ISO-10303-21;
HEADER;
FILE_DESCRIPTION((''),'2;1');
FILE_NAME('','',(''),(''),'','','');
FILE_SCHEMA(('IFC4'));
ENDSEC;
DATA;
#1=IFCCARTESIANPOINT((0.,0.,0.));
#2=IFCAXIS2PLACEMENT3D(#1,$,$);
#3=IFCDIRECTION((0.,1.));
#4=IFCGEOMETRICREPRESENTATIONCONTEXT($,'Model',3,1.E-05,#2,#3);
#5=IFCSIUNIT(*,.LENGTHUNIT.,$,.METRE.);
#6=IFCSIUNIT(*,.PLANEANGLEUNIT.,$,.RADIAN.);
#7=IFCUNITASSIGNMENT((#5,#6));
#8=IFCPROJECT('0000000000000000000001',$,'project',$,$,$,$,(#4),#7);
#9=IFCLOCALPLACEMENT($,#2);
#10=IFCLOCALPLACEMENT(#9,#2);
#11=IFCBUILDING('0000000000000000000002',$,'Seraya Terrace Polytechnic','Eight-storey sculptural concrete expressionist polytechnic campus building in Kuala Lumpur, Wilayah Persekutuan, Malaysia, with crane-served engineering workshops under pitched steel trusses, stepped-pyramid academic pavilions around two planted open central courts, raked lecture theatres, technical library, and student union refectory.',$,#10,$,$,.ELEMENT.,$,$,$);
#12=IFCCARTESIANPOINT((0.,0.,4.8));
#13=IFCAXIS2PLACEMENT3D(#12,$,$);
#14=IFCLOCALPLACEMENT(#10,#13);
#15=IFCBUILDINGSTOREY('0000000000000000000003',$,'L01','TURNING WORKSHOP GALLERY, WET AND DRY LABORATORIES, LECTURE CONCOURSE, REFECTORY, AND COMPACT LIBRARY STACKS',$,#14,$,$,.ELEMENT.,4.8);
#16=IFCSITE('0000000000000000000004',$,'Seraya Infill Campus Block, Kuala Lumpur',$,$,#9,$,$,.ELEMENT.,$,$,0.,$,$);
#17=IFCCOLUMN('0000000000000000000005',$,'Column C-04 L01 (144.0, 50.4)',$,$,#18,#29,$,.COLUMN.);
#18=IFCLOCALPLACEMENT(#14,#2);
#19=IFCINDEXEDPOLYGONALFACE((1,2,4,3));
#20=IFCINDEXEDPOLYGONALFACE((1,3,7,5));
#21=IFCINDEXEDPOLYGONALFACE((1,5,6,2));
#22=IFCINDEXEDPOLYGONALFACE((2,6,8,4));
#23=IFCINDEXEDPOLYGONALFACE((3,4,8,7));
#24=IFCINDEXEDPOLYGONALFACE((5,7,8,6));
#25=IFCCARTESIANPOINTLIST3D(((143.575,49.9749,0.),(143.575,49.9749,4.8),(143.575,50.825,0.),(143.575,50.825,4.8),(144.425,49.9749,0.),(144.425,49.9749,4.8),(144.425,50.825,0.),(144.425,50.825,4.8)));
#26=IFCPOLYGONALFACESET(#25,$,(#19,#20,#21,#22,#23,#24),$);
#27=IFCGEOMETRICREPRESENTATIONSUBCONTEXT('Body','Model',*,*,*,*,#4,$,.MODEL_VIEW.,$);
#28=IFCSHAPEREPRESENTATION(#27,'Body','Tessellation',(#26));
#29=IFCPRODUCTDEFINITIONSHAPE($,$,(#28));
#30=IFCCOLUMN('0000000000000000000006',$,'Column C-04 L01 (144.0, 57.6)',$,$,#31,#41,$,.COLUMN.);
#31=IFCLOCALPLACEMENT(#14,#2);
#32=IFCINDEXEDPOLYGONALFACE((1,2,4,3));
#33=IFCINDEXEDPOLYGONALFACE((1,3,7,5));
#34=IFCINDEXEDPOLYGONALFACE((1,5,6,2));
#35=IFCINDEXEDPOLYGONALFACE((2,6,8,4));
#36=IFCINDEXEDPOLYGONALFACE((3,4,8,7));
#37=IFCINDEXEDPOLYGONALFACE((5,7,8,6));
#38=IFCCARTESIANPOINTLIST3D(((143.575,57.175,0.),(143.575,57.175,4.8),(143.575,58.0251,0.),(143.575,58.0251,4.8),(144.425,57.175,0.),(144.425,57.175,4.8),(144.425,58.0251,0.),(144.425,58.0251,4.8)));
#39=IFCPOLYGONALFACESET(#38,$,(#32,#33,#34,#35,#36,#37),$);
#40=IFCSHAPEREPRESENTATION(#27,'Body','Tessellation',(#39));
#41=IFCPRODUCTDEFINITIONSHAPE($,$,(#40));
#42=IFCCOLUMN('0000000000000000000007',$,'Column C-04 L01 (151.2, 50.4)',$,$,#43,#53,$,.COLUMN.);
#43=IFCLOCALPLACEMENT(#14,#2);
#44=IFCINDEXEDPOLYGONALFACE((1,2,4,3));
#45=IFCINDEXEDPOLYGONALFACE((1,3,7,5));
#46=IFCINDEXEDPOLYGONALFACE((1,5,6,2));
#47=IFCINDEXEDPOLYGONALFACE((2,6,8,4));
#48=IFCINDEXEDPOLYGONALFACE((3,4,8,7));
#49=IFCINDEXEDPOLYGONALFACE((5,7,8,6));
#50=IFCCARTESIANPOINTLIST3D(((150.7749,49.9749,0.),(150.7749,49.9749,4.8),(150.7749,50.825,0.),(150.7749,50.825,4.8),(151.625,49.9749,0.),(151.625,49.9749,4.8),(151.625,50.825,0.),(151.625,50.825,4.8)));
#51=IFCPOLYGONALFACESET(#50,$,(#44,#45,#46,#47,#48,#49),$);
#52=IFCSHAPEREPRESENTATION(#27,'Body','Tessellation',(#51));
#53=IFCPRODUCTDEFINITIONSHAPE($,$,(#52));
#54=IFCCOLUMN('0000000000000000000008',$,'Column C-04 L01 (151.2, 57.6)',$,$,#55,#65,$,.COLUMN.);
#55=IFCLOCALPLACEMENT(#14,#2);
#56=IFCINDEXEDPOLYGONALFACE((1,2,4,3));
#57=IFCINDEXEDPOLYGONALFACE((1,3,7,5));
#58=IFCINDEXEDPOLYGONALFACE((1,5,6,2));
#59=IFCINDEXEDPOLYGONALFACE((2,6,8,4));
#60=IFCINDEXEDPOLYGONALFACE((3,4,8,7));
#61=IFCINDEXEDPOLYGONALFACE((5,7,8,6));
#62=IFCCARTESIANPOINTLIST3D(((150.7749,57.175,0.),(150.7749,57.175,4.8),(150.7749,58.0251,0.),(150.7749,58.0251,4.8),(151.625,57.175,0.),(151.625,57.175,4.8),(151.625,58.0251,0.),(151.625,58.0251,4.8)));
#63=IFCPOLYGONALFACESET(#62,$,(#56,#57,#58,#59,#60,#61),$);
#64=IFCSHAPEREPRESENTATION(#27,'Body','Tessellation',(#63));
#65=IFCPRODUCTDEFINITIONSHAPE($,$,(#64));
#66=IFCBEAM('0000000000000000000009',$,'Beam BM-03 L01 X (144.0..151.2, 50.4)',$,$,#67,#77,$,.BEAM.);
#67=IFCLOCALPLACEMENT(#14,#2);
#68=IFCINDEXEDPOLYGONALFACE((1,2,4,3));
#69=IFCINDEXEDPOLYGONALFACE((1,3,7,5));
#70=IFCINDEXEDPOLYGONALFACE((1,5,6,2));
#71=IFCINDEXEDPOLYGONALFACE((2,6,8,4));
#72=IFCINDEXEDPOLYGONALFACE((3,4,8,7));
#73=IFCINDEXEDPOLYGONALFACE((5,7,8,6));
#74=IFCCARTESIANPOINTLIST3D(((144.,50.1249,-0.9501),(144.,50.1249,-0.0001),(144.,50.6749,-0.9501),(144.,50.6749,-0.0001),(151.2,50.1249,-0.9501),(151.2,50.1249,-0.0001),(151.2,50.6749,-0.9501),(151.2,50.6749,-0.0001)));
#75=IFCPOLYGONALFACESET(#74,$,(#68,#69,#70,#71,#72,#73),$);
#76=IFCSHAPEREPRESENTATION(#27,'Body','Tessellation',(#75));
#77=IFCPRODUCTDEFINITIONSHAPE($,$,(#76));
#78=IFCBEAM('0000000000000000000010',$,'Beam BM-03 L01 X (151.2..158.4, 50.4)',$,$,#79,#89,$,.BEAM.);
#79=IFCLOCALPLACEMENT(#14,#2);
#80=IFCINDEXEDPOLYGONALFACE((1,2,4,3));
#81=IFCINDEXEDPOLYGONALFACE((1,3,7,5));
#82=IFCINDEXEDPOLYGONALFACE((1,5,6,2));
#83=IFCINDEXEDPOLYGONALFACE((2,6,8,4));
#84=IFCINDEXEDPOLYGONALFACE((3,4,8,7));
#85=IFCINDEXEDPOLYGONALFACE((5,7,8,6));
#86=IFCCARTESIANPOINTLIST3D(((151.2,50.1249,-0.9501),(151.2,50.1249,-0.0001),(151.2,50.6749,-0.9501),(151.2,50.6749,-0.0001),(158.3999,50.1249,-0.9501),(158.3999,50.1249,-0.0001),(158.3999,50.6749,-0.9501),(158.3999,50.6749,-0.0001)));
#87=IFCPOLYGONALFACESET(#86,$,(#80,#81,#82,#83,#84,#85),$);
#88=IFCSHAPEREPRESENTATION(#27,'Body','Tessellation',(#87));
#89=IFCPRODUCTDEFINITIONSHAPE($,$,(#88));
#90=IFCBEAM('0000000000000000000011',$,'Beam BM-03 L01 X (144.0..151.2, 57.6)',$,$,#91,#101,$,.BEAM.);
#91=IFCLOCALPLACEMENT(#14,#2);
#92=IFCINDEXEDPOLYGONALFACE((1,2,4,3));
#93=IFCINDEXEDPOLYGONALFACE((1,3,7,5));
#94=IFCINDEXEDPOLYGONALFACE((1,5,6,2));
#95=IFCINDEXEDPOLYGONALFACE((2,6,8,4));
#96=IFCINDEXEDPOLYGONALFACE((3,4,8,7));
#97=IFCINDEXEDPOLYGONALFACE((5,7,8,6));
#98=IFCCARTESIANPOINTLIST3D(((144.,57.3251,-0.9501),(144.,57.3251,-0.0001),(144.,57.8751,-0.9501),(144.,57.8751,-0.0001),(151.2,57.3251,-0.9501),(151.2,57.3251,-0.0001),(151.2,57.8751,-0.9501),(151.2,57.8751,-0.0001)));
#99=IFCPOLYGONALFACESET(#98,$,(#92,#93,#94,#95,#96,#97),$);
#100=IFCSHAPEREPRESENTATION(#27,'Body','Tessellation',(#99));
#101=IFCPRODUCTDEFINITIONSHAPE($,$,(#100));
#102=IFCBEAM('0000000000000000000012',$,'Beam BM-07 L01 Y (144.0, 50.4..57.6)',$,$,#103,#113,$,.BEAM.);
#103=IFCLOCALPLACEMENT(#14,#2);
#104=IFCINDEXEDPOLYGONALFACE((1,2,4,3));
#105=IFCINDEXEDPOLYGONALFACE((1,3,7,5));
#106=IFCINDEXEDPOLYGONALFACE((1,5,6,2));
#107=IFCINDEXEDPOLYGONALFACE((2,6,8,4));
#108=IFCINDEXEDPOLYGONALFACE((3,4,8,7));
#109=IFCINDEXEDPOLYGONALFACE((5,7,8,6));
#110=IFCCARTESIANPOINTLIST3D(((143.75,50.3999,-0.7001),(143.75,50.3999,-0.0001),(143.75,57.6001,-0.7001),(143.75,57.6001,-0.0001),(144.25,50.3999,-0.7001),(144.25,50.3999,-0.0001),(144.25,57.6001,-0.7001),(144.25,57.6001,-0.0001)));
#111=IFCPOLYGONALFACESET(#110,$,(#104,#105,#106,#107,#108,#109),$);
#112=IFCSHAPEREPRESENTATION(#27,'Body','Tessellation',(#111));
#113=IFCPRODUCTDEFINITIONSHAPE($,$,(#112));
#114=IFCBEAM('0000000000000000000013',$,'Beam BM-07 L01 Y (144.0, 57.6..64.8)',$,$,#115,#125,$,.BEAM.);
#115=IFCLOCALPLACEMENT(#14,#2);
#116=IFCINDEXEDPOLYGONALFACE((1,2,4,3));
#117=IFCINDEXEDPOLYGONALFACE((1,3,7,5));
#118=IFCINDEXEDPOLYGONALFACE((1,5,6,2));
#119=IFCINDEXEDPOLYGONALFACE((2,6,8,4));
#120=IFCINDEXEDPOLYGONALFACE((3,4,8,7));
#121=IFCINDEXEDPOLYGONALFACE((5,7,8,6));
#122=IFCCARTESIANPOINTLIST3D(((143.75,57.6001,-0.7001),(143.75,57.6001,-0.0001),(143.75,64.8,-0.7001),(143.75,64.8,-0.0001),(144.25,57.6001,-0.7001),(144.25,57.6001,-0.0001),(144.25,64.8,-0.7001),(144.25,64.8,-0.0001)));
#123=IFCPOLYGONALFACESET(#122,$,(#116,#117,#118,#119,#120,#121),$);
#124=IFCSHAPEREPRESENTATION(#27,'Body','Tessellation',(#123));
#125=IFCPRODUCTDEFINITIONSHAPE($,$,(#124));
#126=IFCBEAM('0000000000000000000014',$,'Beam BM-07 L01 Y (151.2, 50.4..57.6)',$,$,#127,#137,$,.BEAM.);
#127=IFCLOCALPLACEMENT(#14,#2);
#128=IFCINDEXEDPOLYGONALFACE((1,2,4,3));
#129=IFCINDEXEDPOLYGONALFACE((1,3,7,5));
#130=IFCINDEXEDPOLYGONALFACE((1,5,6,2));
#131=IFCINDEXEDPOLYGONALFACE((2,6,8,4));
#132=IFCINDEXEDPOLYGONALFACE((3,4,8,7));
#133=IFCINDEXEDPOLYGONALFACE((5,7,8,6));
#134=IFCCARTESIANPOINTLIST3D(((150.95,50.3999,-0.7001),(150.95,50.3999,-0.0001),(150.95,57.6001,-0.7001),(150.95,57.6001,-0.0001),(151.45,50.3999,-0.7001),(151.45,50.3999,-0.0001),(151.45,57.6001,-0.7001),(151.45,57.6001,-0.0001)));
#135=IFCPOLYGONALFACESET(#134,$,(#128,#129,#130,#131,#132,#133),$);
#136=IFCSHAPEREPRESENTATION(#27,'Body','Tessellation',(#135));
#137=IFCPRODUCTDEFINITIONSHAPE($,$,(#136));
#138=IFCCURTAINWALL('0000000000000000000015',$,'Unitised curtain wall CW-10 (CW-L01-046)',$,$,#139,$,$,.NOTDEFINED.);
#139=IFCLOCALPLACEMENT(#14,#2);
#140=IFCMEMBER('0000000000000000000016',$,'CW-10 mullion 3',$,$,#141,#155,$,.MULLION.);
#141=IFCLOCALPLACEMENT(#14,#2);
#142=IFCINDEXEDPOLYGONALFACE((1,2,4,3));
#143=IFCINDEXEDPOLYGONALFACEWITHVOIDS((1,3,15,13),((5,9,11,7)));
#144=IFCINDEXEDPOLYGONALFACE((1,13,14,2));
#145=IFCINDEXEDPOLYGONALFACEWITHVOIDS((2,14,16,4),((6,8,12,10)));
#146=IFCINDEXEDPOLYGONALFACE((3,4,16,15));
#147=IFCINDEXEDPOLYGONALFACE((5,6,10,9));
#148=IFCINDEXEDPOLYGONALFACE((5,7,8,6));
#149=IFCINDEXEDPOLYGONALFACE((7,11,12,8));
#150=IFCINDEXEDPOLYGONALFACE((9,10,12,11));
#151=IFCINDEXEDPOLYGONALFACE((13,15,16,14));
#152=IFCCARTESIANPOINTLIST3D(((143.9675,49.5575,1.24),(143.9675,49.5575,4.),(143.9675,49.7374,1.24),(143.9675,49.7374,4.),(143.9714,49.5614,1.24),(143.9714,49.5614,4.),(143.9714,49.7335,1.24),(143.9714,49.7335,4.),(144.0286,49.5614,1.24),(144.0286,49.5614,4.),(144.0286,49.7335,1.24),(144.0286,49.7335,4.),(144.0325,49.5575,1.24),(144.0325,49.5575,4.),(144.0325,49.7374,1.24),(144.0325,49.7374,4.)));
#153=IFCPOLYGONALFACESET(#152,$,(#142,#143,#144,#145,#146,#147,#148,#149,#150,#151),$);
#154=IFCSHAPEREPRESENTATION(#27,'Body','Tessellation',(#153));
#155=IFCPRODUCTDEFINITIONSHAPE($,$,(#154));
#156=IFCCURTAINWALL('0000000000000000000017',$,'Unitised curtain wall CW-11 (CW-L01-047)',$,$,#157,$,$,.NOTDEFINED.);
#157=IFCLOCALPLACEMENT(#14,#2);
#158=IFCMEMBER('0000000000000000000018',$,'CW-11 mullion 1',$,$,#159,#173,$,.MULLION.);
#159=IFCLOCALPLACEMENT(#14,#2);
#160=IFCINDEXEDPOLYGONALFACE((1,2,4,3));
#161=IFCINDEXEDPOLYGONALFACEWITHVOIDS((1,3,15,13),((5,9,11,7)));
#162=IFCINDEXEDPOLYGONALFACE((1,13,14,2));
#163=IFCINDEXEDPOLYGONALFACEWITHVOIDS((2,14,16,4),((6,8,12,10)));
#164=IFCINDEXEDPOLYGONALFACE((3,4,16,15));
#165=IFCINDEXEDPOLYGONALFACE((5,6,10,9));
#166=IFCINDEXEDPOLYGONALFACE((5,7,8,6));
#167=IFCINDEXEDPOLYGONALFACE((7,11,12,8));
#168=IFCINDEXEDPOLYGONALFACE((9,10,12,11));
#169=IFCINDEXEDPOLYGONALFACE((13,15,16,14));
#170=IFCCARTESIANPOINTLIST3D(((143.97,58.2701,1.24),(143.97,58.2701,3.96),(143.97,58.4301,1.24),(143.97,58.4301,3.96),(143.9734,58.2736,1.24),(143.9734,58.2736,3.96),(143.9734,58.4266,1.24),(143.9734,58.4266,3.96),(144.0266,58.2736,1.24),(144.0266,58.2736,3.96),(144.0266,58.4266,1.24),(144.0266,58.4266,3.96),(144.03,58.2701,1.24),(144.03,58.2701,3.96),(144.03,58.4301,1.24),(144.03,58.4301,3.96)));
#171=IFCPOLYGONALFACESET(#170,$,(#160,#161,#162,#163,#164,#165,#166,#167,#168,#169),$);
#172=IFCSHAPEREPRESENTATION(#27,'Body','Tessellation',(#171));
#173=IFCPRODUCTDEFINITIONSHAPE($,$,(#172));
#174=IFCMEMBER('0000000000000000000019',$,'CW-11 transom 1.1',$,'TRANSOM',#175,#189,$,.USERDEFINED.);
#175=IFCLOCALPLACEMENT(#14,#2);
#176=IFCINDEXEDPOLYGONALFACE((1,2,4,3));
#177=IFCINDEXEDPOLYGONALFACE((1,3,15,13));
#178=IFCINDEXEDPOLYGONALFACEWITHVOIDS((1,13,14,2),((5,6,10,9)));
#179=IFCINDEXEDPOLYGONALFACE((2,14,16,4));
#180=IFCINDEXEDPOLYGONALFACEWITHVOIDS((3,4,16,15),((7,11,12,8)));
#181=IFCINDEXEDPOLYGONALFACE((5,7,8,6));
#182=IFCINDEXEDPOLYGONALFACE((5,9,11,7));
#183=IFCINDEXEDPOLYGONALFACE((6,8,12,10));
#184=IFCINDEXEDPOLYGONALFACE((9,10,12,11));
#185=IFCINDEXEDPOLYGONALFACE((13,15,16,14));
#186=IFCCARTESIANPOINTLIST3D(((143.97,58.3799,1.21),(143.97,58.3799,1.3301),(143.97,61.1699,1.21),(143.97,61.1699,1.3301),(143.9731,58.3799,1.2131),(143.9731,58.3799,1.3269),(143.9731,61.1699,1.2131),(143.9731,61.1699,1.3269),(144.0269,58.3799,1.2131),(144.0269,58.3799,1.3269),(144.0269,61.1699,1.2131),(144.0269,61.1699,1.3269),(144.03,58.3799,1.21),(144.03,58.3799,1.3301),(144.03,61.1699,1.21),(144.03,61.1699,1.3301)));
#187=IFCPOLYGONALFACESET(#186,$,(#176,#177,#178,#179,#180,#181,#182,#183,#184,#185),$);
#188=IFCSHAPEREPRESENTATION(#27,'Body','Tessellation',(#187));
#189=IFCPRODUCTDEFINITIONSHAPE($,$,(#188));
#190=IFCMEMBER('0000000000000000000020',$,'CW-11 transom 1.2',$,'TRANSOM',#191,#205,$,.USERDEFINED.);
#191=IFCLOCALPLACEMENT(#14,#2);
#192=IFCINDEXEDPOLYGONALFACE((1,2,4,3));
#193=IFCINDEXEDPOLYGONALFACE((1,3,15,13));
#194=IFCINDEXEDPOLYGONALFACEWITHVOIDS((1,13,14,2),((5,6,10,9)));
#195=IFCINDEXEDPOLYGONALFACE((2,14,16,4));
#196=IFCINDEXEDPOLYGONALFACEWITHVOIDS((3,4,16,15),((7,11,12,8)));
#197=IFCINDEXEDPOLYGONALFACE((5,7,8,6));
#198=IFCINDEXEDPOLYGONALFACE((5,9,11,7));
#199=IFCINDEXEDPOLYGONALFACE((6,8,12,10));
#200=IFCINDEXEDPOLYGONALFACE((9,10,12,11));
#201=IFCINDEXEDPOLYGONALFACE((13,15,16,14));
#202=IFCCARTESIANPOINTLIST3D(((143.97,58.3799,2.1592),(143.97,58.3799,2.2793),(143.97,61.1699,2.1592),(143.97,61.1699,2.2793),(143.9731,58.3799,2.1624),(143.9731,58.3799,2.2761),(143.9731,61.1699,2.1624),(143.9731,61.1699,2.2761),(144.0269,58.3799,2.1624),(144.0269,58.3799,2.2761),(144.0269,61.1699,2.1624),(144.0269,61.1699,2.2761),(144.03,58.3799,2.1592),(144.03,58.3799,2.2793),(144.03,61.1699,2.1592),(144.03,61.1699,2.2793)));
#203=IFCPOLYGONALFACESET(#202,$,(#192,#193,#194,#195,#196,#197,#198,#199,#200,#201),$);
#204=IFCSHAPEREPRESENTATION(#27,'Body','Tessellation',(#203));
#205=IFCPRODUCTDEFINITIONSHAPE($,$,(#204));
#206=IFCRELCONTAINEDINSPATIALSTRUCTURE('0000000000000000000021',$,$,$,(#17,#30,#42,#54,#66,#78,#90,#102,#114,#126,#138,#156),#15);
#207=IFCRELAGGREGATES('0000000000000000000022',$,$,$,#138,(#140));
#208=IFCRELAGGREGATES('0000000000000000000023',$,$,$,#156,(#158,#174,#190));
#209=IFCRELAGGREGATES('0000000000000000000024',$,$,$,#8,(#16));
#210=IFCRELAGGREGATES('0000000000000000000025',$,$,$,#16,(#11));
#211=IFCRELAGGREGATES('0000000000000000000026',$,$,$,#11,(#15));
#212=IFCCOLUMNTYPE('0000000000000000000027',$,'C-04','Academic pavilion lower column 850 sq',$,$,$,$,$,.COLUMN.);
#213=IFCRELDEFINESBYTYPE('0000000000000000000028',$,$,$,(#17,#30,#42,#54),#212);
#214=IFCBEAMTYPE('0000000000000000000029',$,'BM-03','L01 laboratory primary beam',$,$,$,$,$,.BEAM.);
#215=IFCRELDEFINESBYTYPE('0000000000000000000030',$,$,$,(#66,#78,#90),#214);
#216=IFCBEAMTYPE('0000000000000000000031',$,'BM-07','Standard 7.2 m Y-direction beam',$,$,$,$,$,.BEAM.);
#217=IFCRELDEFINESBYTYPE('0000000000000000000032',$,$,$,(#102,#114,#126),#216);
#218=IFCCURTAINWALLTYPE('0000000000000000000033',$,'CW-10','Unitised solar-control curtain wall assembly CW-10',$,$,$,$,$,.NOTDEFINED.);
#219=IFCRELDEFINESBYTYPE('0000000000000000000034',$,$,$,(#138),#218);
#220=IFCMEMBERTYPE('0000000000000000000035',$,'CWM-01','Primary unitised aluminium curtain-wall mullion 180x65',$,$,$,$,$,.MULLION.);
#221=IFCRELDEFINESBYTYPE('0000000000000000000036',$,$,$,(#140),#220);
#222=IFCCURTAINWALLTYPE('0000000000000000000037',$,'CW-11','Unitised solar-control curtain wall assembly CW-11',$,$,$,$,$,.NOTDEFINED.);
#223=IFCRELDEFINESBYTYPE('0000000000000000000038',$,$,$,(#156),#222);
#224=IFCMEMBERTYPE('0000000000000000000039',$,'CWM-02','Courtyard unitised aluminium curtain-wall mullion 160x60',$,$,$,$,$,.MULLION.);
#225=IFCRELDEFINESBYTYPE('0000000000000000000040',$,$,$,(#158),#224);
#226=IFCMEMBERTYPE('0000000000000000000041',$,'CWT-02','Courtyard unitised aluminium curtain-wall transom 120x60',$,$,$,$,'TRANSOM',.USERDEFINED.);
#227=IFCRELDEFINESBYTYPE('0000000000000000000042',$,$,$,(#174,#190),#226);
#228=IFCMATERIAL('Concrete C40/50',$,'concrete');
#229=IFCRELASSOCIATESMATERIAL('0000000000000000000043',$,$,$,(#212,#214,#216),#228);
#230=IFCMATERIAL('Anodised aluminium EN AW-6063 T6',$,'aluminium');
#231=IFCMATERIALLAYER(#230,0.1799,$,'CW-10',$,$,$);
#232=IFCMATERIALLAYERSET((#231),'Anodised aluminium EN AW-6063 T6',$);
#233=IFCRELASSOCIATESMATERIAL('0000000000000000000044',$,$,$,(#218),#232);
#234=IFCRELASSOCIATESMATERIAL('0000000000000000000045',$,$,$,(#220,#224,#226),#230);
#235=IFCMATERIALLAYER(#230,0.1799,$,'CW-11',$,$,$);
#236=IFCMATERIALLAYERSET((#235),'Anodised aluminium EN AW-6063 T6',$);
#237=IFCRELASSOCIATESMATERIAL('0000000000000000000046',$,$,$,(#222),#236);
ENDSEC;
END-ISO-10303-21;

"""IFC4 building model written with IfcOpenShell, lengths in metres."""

from ifc_helpers import new_model, si_unit, direction, frame, origin, origin_2d, place, context, subcontext, project, spatial, rectangle, hollow_rectangle, extrude, material, layer, layer_set, material_profile, profile_set, type_object, element, aggregate, save


model = new_model("IFC4")

# Units and contexts
model_context = context("Model", 3, precision=1e-05, world=origin(), true_north=direction((0.0, 1.0)))
body_context = subcontext(model_context, "Body", "Model", "MODEL_VIEW")
ifc_project = project(units=[si_unit("LENGTHUNIT", "METRE"), si_unit("PLANEANGLEUNIT", "RADIAN")], contexts=[model_context])

# Site, building, storey
site_placement = place(None, origin())
site = spatial("IfcSite", under=ifc_project, at=site_placement, Name="Seraya Infill Campus Block, Kuala Lumpur", CompositionType="ELEMENT", RefElevation=0.0)
building_placement = place(site_placement, origin())
building = spatial("IfcBuilding", under=site, at=building_placement, Name="Seraya Terrace Polytechnic", Description="Eight-storey sculptural concrete expressionist polytechnic campus building in Kuala Lumpur, Wilayah Persekutuan, Malaysia, with crane-served engineering workshops under pitched steel trusses, stepped-pyramid academic pavilions around two planted open central courts, raked lecture theatres, technical library, and student union refectory.", CompositionType="ELEMENT")
storey_placement = place(building_placement, frame((0.0, 0.0, 4.8)))
storey = spatial("IfcBuildingStorey", under=building, at=storey_placement, Name="L01", Description="TURNING WORKSHOP GALLERY, WET AND DRY LABORATORIES, LECTURE CONCOURSE, REFECTORY, AND COMPACT LIBRARY STACKS", CompositionType="ELEMENT", Elevation=4.8)

# Columns
ifc_material_1 = material(Name="Concrete C40/50", Category="concrete")
ifc_material_profile_1 = material_profile(ifc_material_1, rectangle(XDim=0.8501, YDim=0.8501, at=origin_2d()), Name="RC 850x850")
ifc_profile_set_1 = profile_set([ifc_material_profile_1], Name="Concrete C40/50")
column_type = type_object("IfcColumnType", Name="C-04", Description="Academic pavilion lower column 850 sq", PredefinedType="COLUMN", material=ifc_profile_set_1)
for number, where, z_axis, x_axis, name in (
    (1, (144.0, 50.3999, 0.0), (0.0, 0.0, 1.0), (1.0, 0.0, 0.0), "Column C-04 L01 (144.0, 50.4)"),
    (2, (144.0, 57.6001, 0.0), (0.0, 0.0, 1.0), (1.0, 0.0, 0.0), "Column C-04 L01 (144.0, 57.6)"),
    (3, (151.2, 50.3999, 0.0), (0.0, 0.0, 1.0), (1.0, 0.0, 0.0), "Column C-04 L01 (151.2, 50.4)"),
    (4, (151.2, 57.6001, 0.0), (0.0, 0.0, 1.0), (1.0, 0.0, 0.0), "Column C-04 L01 (151.2, 57.6)"),
):
    element("IfcColumn", number, at=place(storey_placement, frame(where, z_axis=z_axis, x_axis=x_axis)), inside=storey, type_object=column_type, Name=name, PredefinedType="COLUMN", context=body_context, shape_type="SweptSolid", body=[
        extrude(rectangle(XDim=0.8501, YDim=0.8501, at=origin_2d()), origin(), (0.0, 0.0, 1.0), 4.8),
    ])

# Beams
ifc_material_profile_2 = material_profile(ifc_material_1, rectangle(XDim=0.55, YDim=0.95, at=origin_2d()), Name="RC 550x950")
ifc_profile_set_2 = profile_set([ifc_material_profile_2], Name="Concrete C40/50")
beam_type_1 = type_object("IfcBeamType", Name="BM-03", Description="L01 laboratory primary beam", PredefinedType="BEAM", material=ifc_profile_set_2)
for number, where, z_axis, x_axis, name in (
    (5, (144.0, 50.3999, -0.4751), (1.0, 0.0, 0.0), (0.0, 1.0, 0.0), "Beam BM-03 L01 X (144.0..151.2, 50.4)"),
    (6, (151.2, 50.3999, -0.4751), (1.0, 0.0, 0.0), (0.0, 1.0, 0.0), "Beam BM-03 L01 X (151.2..158.4, 50.4)"),
    (7, (144.0, 57.6001, -0.4751), (1.0, 0.0, 0.0), (0.0, 1.0, 0.0), "Beam BM-03 L01 X (144.0..151.2, 57.6)"),
):
    element("IfcBeam", number, at=place(storey_placement, frame(where, z_axis=z_axis, x_axis=x_axis)), inside=storey, type_object=beam_type_1, Name=name, PredefinedType="BEAM", context=body_context, shape_type="SweptSolid", body=[
        extrude(rectangle(XDim=0.55, YDim=0.95, at=origin_2d()), origin(), (0.0, 0.0, 1.0), 7.2),
    ])
ifc_material_profile_3 = material_profile(ifc_material_1, rectangle(XDim=0.5, YDim=0.7, at=origin_2d()), Name="RC 500x700")
ifc_profile_set_3 = profile_set([ifc_material_profile_3], Name="Concrete C40/50")
beam_type_2 = type_object("IfcBeamType", Name="BM-07", Description="Standard 7.2 m Y-direction beam", PredefinedType="BEAM", material=ifc_profile_set_3)
beam_1_placement = place(storey_placement, frame((144.0, 50.3999, -0.3501), z_axis=(0.0, 1.0, 0.0), x_axis=(-1.0, 0.0, 0.0)))
element("IfcBeam", 8, at=beam_1_placement, inside=storey, type_object=beam_type_2, Name="Beam BM-07 L01 Y (144.0, 50.4..57.6)", PredefinedType="BEAM", context=body_context, shape_type="SweptSolid", body=[
    extrude(rectangle(XDim=0.5, YDim=0.7, at=origin_2d()), origin(), (0.0, 0.0, 1.0), 7.2002),
])
beam_2_placement = place(storey_placement, frame((144.0, 57.6001, -0.3501), z_axis=(0.0, 1.0, 0.0), x_axis=(-1.0, 0.0, 0.0)))
element("IfcBeam", 9, at=beam_2_placement, inside=storey, type_object=beam_type_2, Name="Beam BM-07 L01 Y (144.0, 57.6..64.8)", PredefinedType="BEAM", context=body_context, shape_type="SweptSolid", body=[
    extrude(rectangle(XDim=0.5, YDim=0.7, at=origin_2d()), origin(), (0.0, 0.0, 1.0), 7.2),
])
beam_3_placement = place(storey_placement, frame((151.2, 50.3999, -0.3501), z_axis=(0.0, 1.0, 0.0), x_axis=(-1.0, 0.0, 0.0)))
element("IfcBeam", 10, at=beam_3_placement, inside=storey, type_object=beam_type_2, Name="Beam BM-07 L01 Y (151.2, 50.4..57.6)", PredefinedType="BEAM", context=body_context, shape_type="SweptSolid", body=[
    extrude(rectangle(XDim=0.5, YDim=0.7, at=origin_2d()), origin(), (0.0, 0.0, 1.0), 7.2002),
])

# Curtain wall, member
ifc_material_2 = material(Name="Anodised aluminium EN AW-6063 T6", Category="aluminium")
ifc_layer_1 = layer(ifc_material_2, 0.1799, Name="CW-10")
ifc_layer_set_1 = layer_set([ifc_layer_1], Name="Anodised aluminium EN AW-6063 T6")
curtain_wall_type_1 = type_object("IfcCurtainWallType", Name="CW-10", Description="Unitised solar-control curtain wall assembly CW-10", PredefinedType="NOTDEFINED", material=ifc_layer_set_1)
curtain_wall_1_placement = place(storey_placement, origin())
curtain_wall_1 = element("IfcCurtainWall", 11, at=curtain_wall_1_placement, inside=storey, type_object=curtain_wall_type_1, Name="Unitised curtain wall CW-10 (CW-L01-046)", PredefinedType="NOTDEFINED")
ifc_material_profile_4 = material_profile(ifc_material_2, hollow_rectangle(XDim=0.0649, YDim=0.1799, WallThickness=0.0039, at=origin_2d()), Name="RHS 180x65x4.0")
ifc_profile_set_4 = profile_set([ifc_material_profile_4], Name="Anodised aluminium EN AW-6063 T6")
member_type_1 = type_object("IfcMemberType", Name="CWM-01", Description="Primary unitised aluminium curtain-wall mullion 180x65", PredefinedType="MULLION", material=ifc_profile_set_4)
member_1_placement = place(storey_placement, frame((144.0, 49.6475, 1.24), z_axis=(0.0, 0.0, 1.0), x_axis=(-1.0, 0.0, 0.0)))
member_1 = element("IfcMember", 12, at=member_1_placement, type_object=member_type_1, Name="CW-10 mullion 3", PredefinedType="MULLION", context=body_context, shape_type="SweptSolid", body=[
    extrude(hollow_rectangle(XDim=0.0649, YDim=0.1799, WallThickness=0.0039, at=origin_2d()), origin(), (0.0, 0.0, 1.0), 2.76),
])
aggregate(curtain_wall_1, [member_1])

# Curtain wall, members
ifc_layer_2 = layer(ifc_material_2, 0.1799, Name="CW-11")
ifc_layer_set_2 = layer_set([ifc_layer_2], Name="Anodised aluminium EN AW-6063 T6")
curtain_wall_type_2 = type_object("IfcCurtainWallType", Name="CW-11", Description="Unitised solar-control curtain wall assembly CW-11", PredefinedType="NOTDEFINED", material=ifc_layer_set_2)
curtain_wall_2_placement = place(storey_placement, origin())
curtain_wall_2 = element("IfcCurtainWall", 13, at=curtain_wall_2_placement, inside=storey, type_object=curtain_wall_type_2, Name="Unitised curtain wall CW-11 (CW-L01-047)", PredefinedType="NOTDEFINED")
ifc_material_profile_5 = material_profile(ifc_material_2, hollow_rectangle(XDim=0.0601, YDim=0.1599, WallThickness=0.0034, at=origin_2d()), Name="RHS 160x60x3.5")
ifc_profile_set_5 = profile_set([ifc_material_profile_5], Name="Anodised aluminium EN AW-6063 T6")
member_type_2 = type_object("IfcMemberType", Name="CWM-02", Description="Courtyard unitised aluminium curtain-wall mullion 160x60", PredefinedType="MULLION", material=ifc_profile_set_5)
member_2_placement = place(storey_placement, frame((144.0, 58.3501, 1.24), z_axis=(0.0, 0.0, 1.0), x_axis=(-1.0, 0.0, 0.0)))
member_2 = element("IfcMember", 14, at=member_2_placement, type_object=member_type_2, Name="CW-11 mullion 1", PredefinedType="MULLION", context=body_context, shape_type="SweptSolid", body=[
    extrude(hollow_rectangle(XDim=0.0601, YDim=0.1599, WallThickness=0.0034, at=origin_2d()), origin(), (0.0, 0.0, 1.0), 2.72),
])
ifc_material_profile_6 = material_profile(ifc_material_2, hollow_rectangle(XDim=0.0601, YDim=0.1201, WallThickness=0.0032, at=origin_2d()), Name="RHS 120x60x3.2")
ifc_profile_set_6 = profile_set([ifc_material_profile_6], Name="Anodised aluminium EN AW-6063 T6")
member_type_3 = type_object("IfcMemberType", Name="CWT-02", Description="Courtyard unitised aluminium curtain-wall transom 120x60", ElementType="TRANSOM", PredefinedType="USERDEFINED", material=ifc_profile_set_6)
member_3_placement = place(storey_placement, frame((144.0, 58.3799, 1.27), z_axis=(0.0, 1.0, 0.0), x_axis=(-1.0, 0.0, 0.0)))
member_3 = element("IfcMember", 15, at=member_3_placement, type_object=member_type_3, Name="CW-11 transom 1.1", ObjectType="TRANSOM", PredefinedType="USERDEFINED", context=body_context, shape_type="SweptSolid", body=[
    extrude(hollow_rectangle(XDim=0.0601, YDim=0.1201, WallThickness=0.0032, at=origin_2d()), origin(), (0.0, 0.0, 1.0), 2.79),
])
member_4_placement = place(storey_placement, frame((144.0, 58.3799, 2.2192), z_axis=(0.0, 1.0, 0.0), x_axis=(-1.0, 0.0, 0.0)))
member_4 = element("IfcMember", 16, at=member_4_placement, type_object=member_type_3, Name="CW-11 transom 1.2", ObjectType="TRANSOM", PredefinedType="USERDEFINED", context=body_context, shape_type="SweptSolid", body=[
    extrude(hollow_rectangle(XDim=0.0601, YDim=0.1201, WallThickness=0.0032, at=origin_2d()), origin(), (0.0, 0.0, 1.0), 2.79),
])
aggregate(curtain_wall_2, [member_2, member_3, member_4])

save(model, "model.ifc")
